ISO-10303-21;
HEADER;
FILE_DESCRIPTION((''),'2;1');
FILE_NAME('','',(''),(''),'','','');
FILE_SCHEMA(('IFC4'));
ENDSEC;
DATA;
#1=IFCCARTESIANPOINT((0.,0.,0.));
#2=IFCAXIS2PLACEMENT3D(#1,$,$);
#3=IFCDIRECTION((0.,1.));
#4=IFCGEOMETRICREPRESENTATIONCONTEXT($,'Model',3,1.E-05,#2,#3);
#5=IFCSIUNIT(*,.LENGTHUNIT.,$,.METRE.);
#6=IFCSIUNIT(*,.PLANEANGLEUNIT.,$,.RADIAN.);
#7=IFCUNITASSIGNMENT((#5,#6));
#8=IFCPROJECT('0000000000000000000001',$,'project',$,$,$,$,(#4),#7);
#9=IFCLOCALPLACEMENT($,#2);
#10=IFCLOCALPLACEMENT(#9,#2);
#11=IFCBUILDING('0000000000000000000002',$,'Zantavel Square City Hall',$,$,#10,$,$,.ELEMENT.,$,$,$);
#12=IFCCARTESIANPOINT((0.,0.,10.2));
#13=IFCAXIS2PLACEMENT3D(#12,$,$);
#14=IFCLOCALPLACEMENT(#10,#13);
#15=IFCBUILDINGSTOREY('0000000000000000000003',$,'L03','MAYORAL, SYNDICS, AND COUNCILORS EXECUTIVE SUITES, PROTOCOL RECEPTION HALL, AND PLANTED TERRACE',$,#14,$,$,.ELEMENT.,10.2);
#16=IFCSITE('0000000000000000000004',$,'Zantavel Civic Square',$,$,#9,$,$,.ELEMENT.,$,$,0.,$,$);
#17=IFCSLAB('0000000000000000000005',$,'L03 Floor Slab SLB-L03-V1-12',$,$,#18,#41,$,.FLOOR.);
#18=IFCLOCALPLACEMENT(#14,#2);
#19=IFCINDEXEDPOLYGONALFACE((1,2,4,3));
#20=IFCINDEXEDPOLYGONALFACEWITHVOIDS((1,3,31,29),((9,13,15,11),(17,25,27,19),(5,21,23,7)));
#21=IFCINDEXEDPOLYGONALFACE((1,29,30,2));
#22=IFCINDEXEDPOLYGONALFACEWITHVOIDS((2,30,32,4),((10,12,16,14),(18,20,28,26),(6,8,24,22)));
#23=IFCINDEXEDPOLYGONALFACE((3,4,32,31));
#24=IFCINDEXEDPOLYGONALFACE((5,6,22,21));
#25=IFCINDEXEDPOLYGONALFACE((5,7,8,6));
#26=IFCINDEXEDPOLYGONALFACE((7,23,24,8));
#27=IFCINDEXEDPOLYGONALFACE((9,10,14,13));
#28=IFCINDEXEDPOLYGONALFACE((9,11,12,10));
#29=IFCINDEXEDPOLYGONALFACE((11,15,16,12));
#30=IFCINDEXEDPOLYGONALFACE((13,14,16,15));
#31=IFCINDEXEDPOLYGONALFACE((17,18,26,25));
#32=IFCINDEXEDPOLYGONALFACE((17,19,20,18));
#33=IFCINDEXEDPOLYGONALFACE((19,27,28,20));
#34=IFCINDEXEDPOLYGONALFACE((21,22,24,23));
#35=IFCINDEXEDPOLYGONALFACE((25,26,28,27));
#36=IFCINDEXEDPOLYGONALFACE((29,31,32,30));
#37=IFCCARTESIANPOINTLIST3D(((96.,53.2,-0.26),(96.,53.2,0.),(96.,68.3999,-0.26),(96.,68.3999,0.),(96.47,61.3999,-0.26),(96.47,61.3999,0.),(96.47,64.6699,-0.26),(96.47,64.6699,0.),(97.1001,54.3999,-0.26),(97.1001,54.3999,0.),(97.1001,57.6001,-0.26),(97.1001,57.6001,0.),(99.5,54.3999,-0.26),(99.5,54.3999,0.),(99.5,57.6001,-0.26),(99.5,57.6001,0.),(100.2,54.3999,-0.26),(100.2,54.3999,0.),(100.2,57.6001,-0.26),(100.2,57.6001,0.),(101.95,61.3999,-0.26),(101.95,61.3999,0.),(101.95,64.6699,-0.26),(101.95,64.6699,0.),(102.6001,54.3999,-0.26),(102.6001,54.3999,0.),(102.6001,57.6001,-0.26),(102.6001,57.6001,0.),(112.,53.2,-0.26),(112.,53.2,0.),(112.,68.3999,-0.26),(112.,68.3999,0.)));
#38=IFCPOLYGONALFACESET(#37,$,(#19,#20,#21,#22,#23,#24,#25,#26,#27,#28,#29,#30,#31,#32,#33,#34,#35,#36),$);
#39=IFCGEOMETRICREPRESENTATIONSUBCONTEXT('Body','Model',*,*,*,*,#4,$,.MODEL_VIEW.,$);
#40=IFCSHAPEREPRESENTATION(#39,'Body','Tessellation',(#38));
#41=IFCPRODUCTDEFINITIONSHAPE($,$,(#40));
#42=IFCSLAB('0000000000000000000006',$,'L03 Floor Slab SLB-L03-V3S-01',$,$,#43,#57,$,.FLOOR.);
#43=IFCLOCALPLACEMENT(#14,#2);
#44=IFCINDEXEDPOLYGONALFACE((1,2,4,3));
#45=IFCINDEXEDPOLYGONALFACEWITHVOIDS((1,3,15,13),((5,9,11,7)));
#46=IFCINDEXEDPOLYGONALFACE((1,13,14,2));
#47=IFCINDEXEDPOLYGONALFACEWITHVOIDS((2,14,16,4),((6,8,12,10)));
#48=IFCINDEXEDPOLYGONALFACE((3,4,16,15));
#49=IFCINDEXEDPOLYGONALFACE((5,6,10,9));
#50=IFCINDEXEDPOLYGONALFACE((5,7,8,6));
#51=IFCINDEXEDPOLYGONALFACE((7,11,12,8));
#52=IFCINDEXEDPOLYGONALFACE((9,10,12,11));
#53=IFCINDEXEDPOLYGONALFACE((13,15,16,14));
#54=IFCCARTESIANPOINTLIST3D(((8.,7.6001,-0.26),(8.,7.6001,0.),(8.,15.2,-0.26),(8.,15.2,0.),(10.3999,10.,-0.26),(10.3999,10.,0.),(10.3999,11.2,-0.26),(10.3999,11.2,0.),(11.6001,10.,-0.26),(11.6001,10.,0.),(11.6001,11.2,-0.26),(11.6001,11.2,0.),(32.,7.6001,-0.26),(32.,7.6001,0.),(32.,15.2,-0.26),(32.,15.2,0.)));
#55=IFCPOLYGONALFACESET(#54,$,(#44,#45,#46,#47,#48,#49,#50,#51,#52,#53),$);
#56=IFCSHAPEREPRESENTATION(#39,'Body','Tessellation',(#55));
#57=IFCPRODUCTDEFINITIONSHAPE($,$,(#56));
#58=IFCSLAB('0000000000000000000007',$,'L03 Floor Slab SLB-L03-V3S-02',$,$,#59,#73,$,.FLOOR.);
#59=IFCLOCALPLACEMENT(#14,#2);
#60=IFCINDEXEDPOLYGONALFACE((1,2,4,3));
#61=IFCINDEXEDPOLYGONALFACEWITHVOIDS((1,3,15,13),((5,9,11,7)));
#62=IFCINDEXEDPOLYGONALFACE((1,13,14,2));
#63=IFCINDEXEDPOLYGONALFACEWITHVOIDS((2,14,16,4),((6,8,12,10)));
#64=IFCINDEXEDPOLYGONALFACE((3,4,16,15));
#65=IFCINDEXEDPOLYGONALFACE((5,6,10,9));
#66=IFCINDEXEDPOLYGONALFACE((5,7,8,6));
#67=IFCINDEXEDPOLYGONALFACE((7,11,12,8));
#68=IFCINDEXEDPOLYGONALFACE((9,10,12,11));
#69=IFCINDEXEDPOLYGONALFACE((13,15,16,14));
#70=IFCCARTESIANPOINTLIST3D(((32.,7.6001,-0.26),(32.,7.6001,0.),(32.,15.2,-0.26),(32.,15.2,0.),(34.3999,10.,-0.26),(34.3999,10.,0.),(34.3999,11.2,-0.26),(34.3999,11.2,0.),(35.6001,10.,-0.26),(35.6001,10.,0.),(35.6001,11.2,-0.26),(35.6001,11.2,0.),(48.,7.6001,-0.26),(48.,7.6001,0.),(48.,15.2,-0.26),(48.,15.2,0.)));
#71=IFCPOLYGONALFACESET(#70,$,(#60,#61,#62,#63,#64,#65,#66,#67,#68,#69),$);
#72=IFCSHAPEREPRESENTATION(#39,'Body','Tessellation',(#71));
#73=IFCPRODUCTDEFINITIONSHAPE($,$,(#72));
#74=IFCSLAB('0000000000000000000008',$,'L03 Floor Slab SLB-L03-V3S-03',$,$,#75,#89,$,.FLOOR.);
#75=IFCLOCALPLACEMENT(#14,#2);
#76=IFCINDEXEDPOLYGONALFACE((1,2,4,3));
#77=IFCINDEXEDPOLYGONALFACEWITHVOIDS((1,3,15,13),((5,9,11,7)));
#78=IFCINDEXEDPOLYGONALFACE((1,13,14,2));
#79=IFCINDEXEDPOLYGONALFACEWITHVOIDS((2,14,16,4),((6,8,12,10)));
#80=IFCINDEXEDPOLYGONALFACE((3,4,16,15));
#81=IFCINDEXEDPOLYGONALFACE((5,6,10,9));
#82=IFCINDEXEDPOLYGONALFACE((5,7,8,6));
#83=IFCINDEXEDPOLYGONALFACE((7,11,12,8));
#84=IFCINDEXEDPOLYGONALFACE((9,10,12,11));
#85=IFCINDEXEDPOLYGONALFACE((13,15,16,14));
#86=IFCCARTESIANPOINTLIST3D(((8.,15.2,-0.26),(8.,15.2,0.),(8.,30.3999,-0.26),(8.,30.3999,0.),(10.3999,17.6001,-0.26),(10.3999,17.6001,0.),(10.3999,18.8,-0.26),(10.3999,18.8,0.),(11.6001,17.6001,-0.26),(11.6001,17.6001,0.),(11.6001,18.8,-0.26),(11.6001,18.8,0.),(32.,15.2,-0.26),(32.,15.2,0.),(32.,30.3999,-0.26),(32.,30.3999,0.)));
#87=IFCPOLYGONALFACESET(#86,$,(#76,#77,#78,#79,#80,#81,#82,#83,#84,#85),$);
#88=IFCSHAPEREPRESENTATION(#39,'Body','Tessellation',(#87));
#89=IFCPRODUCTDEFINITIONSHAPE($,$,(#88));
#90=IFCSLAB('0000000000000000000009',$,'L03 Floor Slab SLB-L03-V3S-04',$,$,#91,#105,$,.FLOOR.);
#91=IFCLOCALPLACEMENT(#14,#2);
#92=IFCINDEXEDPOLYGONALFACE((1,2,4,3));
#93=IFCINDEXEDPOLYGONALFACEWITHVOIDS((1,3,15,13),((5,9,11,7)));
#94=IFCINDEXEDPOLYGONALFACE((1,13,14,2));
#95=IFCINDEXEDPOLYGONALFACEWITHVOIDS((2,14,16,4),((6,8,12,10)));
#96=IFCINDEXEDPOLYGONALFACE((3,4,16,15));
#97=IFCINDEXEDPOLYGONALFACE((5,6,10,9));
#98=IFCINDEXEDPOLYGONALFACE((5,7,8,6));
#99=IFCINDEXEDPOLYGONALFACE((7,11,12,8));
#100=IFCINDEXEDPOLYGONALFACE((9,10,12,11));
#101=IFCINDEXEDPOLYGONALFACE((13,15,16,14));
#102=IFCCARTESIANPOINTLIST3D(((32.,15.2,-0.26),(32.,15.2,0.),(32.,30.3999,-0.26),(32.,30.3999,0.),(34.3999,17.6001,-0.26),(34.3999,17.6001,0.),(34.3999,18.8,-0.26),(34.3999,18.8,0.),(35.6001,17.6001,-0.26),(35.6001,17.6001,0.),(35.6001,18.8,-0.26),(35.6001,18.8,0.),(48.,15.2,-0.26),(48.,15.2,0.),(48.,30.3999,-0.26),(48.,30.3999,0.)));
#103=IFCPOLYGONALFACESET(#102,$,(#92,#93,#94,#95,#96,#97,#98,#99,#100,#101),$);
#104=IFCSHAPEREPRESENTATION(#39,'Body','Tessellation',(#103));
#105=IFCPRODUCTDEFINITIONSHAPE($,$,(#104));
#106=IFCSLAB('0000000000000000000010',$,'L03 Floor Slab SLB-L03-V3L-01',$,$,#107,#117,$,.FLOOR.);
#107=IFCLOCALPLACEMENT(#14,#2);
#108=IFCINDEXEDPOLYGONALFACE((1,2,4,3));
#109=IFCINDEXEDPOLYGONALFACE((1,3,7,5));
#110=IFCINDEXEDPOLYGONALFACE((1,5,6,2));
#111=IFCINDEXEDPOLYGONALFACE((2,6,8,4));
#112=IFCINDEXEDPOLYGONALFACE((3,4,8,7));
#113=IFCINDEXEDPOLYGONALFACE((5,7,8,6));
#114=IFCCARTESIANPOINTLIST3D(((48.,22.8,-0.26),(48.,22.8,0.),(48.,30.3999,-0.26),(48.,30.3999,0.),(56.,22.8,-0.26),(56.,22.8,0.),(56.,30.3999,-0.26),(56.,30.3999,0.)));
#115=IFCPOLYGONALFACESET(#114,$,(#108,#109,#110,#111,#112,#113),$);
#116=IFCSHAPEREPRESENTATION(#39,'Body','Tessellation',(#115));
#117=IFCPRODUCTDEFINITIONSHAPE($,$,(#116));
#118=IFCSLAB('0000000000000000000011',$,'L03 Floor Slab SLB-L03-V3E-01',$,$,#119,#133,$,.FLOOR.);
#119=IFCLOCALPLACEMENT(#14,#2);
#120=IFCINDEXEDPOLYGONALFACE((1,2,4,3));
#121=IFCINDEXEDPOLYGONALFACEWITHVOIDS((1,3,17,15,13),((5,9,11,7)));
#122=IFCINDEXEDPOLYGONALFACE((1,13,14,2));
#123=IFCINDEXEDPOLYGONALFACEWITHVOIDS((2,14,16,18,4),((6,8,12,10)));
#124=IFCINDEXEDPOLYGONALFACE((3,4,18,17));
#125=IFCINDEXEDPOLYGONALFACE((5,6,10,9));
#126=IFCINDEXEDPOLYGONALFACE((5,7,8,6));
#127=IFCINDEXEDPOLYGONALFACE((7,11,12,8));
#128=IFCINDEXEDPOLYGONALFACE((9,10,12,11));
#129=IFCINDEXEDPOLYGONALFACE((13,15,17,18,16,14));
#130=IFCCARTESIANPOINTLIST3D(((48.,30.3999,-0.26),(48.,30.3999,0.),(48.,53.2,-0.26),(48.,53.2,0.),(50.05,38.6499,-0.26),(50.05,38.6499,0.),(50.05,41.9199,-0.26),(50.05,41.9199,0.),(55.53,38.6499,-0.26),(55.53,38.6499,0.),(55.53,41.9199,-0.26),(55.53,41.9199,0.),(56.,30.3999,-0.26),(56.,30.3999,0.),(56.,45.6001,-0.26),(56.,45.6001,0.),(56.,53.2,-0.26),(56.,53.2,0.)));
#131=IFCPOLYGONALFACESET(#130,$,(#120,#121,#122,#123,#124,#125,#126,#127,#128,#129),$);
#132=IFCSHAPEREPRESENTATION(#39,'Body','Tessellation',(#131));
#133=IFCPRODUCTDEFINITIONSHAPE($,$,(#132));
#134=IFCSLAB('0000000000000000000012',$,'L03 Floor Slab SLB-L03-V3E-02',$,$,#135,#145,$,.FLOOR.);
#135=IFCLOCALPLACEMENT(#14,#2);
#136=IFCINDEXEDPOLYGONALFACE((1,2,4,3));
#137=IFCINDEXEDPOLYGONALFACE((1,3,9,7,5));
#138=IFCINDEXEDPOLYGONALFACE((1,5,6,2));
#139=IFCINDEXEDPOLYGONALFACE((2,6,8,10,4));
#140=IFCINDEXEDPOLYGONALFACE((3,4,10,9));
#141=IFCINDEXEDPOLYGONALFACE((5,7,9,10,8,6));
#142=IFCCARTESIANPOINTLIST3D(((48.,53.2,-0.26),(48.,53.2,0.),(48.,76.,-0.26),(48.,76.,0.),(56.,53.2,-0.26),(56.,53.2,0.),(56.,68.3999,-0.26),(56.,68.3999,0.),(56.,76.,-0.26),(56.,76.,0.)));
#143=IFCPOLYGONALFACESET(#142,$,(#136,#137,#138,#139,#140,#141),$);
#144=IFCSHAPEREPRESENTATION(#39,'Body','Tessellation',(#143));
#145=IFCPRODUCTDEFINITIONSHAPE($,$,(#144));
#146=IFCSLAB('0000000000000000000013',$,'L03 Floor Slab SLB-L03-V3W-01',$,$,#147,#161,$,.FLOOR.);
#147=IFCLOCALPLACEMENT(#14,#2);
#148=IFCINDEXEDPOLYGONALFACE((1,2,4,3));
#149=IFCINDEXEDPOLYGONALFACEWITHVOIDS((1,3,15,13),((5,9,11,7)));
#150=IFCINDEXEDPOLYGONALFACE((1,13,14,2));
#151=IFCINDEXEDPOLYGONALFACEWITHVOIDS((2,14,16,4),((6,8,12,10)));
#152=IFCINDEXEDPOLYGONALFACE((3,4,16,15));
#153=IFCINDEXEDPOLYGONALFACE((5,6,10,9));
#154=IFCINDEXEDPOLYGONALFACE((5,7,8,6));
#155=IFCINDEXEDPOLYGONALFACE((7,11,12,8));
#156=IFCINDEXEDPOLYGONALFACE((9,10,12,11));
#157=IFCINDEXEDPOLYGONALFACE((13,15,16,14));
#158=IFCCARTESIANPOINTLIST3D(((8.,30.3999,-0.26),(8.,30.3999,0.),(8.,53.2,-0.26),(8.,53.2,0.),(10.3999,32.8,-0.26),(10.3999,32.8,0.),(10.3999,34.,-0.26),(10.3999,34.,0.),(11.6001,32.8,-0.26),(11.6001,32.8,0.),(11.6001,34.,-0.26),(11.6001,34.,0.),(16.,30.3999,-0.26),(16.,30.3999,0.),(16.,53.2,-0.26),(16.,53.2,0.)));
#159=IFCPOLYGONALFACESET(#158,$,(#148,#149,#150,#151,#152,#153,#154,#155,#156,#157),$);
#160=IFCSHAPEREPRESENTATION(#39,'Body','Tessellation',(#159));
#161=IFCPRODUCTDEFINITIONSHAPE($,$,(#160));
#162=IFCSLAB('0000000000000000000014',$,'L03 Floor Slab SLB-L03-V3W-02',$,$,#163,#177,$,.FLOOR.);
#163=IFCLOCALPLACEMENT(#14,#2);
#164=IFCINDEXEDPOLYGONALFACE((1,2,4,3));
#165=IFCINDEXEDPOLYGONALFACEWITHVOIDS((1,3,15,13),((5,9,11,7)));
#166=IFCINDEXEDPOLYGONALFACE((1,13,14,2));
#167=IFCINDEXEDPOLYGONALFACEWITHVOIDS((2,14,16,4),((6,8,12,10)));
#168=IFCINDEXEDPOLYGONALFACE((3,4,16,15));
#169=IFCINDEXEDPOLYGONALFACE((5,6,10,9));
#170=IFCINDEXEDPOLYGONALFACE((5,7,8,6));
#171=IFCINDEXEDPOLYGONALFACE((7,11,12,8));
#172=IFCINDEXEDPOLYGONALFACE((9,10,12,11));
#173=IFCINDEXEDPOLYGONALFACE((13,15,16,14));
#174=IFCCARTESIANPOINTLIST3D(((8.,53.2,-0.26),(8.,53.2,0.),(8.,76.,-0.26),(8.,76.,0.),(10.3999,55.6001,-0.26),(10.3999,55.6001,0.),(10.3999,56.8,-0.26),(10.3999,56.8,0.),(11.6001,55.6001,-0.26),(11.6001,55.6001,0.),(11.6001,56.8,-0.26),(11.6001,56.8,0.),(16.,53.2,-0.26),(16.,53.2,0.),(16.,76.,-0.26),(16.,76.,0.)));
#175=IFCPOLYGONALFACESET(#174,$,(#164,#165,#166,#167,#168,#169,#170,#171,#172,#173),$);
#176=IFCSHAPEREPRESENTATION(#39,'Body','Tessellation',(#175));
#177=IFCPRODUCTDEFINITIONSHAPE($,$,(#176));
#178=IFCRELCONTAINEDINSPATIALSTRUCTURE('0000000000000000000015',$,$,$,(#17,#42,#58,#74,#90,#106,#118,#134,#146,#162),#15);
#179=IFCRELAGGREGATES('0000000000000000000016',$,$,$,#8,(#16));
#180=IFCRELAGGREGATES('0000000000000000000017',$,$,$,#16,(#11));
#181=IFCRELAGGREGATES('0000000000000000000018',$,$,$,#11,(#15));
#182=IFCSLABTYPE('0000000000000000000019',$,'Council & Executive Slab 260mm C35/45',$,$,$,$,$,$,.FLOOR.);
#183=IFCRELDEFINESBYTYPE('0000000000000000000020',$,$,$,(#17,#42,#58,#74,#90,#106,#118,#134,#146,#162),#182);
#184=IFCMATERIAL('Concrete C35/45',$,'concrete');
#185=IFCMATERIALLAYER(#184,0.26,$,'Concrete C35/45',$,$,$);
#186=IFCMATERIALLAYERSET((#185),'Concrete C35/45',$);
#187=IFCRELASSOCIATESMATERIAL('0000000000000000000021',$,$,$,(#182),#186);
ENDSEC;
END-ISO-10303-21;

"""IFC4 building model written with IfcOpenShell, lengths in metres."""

from ifc_helpers import new_model, si_unit, direction, frame, origin, place, context, subcontext, project, spatial, polyline, outline, extrude, material, layer, layer_set, type_object, element, save


model = new_model("IFC4")

# Units and contexts
model_context = context("Model", 3, precision=1e-05, world=origin(), true_north=direction((0.0, 1.0)))
body_context = subcontext(model_context, "Body", "Model", "MODEL_VIEW")
ifc_project = project(units=[si_unit("LENGTHUNIT", "METRE"), si_unit("PLANEANGLEUNIT", "RADIAN")], contexts=[model_context])

# Site, building, storey
site_placement = place(None, origin())
site = spatial("IfcSite", under=ifc_project, at=site_placement, Name="Zantavel Civic Square", CompositionType="ELEMENT", RefElevation=0.0)
building_placement = place(site_placement, origin())
building = spatial("IfcBuilding", under=site, at=building_placement, Name="Zantavel Square City Hall", CompositionType="ELEMENT")
storey_placement = place(building_placement, frame((0.0, 0.0, 10.2)))
storey = spatial("IfcBuildingStorey", under=building, at=storey_placement, Name="L03", Description="MAYORAL, SYNDICS, AND COUNCILORS EXECUTIVE SUITES, PROTOCOL RECEPTION HALL, AND PLANTED TERRACE", CompositionType="ELEMENT", Elevation=10.2)

# Slabs
ifc_material_1 = material(Name="Concrete C35/45", Category="concrete")
ifc_layer_1 = layer(ifc_material_1, 0.26, Name="Concrete C35/45")
ifc_layer_set_1 = layer_set([ifc_layer_1], Name="Concrete C35/45")
slab_type_1 = type_object("IfcSlabType", Name="Council & Executive Slab 260mm C35/45", PredefinedType="FLOOR", material=ifc_layer_set_1)
slab_1_placement = place(storey_placement, frame((0.0, 0.0, -0.26)))
element("IfcSlab", 1, at=slab_1_placement, inside=storey, type_object=slab_type_1, Name="L03 Floor Slab SLB-L03-V1-12", PredefinedType="FLOOR", context=body_context, shape_type="SweptSolid", body=[
    extrude(outline(polyline([(96.0, 68.3999), (112.0, 68.3999), (112.0, 53.2), (96.0, 53.2), (96.0, 68.3999)]), holes=[polyline([(96.47, 61.3999), (101.95, 61.3999), (101.95, 64.6699), (96.47, 64.6699), (96.47, 61.3999)]), polyline([(97.1001, 57.6001), (97.1001, 54.3999), (99.5, 54.3999), (99.5, 57.6001), (97.1001, 57.6001)]), polyline([(102.6001, 57.6001), (100.2, 57.6001), (100.2, 54.3999), (102.6001, 54.3999), (102.6001, 57.6001)])]), origin(), (0.0, 0.0, 1.0), 0.26),
])
slab_2_placement = place(storey_placement, frame((0.0, 0.0, -0.26)))
element("IfcSlab", 2, at=slab_2_placement, inside=storey, type_object=slab_type_1, Name="L03 Floor Slab SLB-L03-V3S-01", PredefinedType="FLOOR", context=body_context, shape_type="SweptSolid", body=[
    extrude(outline(polyline([(8.0, 15.2), (32.0, 15.2), (32.0, 7.6001), (8.0, 7.6001), (8.0, 15.2)]), holes=[polyline([(11.6001, 11.2), (10.3999, 11.2), (10.3999, 10.0), (11.6001, 10.0), (11.6001, 11.2)])]), origin(), (0.0, 0.0, 1.0), 0.26),
])
slab_3_placement = place(storey_placement, frame((0.0, 0.0, -0.26)))
element("IfcSlab", 3, at=slab_3_placement, inside=storey, type_object=slab_type_1, Name="L03 Floor Slab SLB-L03-V3S-02", PredefinedType="FLOOR", context=body_context, shape_type="SweptSolid", body=[
    extrude(outline(polyline([(48.0, 7.6001), (32.0, 7.6001), (32.0, 15.2), (48.0, 15.2), (48.0, 7.6001)]), holes=[polyline([(35.6001, 11.2), (34.3999, 11.2), (34.3999, 10.0), (35.6001, 10.0), (35.6001, 11.2)])]), origin(), (0.0, 0.0, 1.0), 0.26),
])
slab_4_placement = place(storey_placement, frame((0.0, 0.0, -0.26)))
element("IfcSlab", 4, at=slab_4_placement, inside=storey, type_object=slab_type_1, Name="L03 Floor Slab SLB-L03-V3S-03", PredefinedType="FLOOR", context=body_context, shape_type="SweptSolid", body=[
    extrude(outline(polyline([(32.0, 30.3999), (32.0, 15.2), (8.0, 15.2), (8.0, 30.3999), (32.0, 30.3999)]), holes=[polyline([(11.6001, 18.8), (10.3999, 18.8), (10.3999, 17.6001), (11.6001, 17.6001), (11.6001, 18.8)])]), origin(), (0.0, 0.0, 1.0), 0.26),
])
slab_5_placement = place(storey_placement, frame((0.0, 0.0, -0.26)))
element("IfcSlab", 5, at=slab_5_placement, inside=storey, type_object=slab_type_1, Name="L03 Floor Slab SLB-L03-V3S-04", PredefinedType="FLOOR", context=body_context, shape_type="SweptSolid", body=[
    extrude(outline(polyline([(48.0, 15.2), (32.0, 15.2), (32.0, 30.3999), (48.0, 30.3999), (48.0, 15.2)]), holes=[polyline([(35.6001, 18.8), (34.3999, 18.8), (34.3999, 17.6001), (35.6001, 17.6001), (35.6001, 18.8)])]), origin(), (0.0, 0.0, 1.0), 0.26),
])
slab_6_placement = place(storey_placement, frame((0.0, 0.0, -0.26)))
element("IfcSlab", 6, at=slab_6_placement, inside=storey, type_object=slab_type_1, Name="L03 Floor Slab SLB-L03-V3L-01", PredefinedType="FLOOR", context=body_context, shape_type="SweptSolid", body=[
    extrude(outline(polyline([(56.0, 22.8), (48.0, 22.8), (48.0, 30.3999), (56.0, 30.3999), (56.0, 22.8)])), origin(), (0.0, 0.0, 1.0), 0.26),
])
slab_7_placement = place(storey_placement, frame((0.0, 0.0, -0.26)))
element("IfcSlab", 7, at=slab_7_placement, inside=storey, type_object=slab_type_1, Name="L03 Floor Slab SLB-L03-V3E-01", PredefinedType="FLOOR", context=body_context, shape_type="SweptSolid", body=[
    extrude(outline(polyline([(48.0, 30.3999), (48.0, 53.2), (56.0, 53.2), (56.0, 45.6001), (56.0, 30.3999), (48.0, 30.3999)]), holes=[polyline([(55.53, 41.9199), (50.05, 41.9199), (50.05, 38.6499), (55.53, 38.6499), (55.53, 41.9199)])]), origin(), (0.0, 0.0, 1.0), 0.26),
])
slab_8_placement = place(storey_placement, frame((0.0, 0.0, -0.26)))
element("IfcSlab", 8, at=slab_8_placement, inside=storey, type_object=slab_type_1, Name="L03 Floor Slab SLB-L03-V3E-02", PredefinedType="FLOOR", context=body_context, shape_type="SweptSolid", body=[
    extrude(outline(polyline([(56.0, 53.2), (48.0, 53.2), (48.0, 76.0), (56.0, 76.0), (56.0, 68.3999), (56.0, 53.2)])), origin(), (0.0, 0.0, 1.0), 0.26),
])
slab_9_placement = place(storey_placement, frame((0.0, 0.0, -0.26)))
element("IfcSlab", 9, at=slab_9_placement, inside=storey, type_object=slab_type_1, Name="L03 Floor Slab SLB-L03-V3W-01", PredefinedType="FLOOR", context=body_context, shape_type="SweptSolid", body=[
    extrude(outline(polyline([(16.0, 53.2), (16.0, 30.3999), (8.0, 30.3999), (8.0, 53.2), (16.0, 53.2)]), holes=[polyline([(11.6001, 34.0), (10.3999, 34.0), (10.3999, 32.8), (11.6001, 32.8), (11.6001, 34.0)])]), origin(), (0.0, 0.0, 1.0), 0.26),
])
slab_10_placement = place(storey_placement, frame((0.0, 0.0, -0.26)))
element("IfcSlab", 10, at=slab_10_placement, inside=storey, type_object=slab_type_1, Name="L03 Floor Slab SLB-L03-V3W-02", PredefinedType="FLOOR", context=body_context, shape_type="SweptSolid", body=[
    extrude(outline(polyline([(16.0, 76.0), (16.0, 53.2), (8.0, 53.2), (8.0, 76.0), (16.0, 76.0)]), holes=[polyline([(11.6001, 56.8), (10.3999, 56.8), (10.3999, 55.6001), (11.6001, 55.6001), (11.6001, 56.8)])]), origin(), (0.0, 0.0, 1.0), 0.26),
])

save(model, "model.ifc")
